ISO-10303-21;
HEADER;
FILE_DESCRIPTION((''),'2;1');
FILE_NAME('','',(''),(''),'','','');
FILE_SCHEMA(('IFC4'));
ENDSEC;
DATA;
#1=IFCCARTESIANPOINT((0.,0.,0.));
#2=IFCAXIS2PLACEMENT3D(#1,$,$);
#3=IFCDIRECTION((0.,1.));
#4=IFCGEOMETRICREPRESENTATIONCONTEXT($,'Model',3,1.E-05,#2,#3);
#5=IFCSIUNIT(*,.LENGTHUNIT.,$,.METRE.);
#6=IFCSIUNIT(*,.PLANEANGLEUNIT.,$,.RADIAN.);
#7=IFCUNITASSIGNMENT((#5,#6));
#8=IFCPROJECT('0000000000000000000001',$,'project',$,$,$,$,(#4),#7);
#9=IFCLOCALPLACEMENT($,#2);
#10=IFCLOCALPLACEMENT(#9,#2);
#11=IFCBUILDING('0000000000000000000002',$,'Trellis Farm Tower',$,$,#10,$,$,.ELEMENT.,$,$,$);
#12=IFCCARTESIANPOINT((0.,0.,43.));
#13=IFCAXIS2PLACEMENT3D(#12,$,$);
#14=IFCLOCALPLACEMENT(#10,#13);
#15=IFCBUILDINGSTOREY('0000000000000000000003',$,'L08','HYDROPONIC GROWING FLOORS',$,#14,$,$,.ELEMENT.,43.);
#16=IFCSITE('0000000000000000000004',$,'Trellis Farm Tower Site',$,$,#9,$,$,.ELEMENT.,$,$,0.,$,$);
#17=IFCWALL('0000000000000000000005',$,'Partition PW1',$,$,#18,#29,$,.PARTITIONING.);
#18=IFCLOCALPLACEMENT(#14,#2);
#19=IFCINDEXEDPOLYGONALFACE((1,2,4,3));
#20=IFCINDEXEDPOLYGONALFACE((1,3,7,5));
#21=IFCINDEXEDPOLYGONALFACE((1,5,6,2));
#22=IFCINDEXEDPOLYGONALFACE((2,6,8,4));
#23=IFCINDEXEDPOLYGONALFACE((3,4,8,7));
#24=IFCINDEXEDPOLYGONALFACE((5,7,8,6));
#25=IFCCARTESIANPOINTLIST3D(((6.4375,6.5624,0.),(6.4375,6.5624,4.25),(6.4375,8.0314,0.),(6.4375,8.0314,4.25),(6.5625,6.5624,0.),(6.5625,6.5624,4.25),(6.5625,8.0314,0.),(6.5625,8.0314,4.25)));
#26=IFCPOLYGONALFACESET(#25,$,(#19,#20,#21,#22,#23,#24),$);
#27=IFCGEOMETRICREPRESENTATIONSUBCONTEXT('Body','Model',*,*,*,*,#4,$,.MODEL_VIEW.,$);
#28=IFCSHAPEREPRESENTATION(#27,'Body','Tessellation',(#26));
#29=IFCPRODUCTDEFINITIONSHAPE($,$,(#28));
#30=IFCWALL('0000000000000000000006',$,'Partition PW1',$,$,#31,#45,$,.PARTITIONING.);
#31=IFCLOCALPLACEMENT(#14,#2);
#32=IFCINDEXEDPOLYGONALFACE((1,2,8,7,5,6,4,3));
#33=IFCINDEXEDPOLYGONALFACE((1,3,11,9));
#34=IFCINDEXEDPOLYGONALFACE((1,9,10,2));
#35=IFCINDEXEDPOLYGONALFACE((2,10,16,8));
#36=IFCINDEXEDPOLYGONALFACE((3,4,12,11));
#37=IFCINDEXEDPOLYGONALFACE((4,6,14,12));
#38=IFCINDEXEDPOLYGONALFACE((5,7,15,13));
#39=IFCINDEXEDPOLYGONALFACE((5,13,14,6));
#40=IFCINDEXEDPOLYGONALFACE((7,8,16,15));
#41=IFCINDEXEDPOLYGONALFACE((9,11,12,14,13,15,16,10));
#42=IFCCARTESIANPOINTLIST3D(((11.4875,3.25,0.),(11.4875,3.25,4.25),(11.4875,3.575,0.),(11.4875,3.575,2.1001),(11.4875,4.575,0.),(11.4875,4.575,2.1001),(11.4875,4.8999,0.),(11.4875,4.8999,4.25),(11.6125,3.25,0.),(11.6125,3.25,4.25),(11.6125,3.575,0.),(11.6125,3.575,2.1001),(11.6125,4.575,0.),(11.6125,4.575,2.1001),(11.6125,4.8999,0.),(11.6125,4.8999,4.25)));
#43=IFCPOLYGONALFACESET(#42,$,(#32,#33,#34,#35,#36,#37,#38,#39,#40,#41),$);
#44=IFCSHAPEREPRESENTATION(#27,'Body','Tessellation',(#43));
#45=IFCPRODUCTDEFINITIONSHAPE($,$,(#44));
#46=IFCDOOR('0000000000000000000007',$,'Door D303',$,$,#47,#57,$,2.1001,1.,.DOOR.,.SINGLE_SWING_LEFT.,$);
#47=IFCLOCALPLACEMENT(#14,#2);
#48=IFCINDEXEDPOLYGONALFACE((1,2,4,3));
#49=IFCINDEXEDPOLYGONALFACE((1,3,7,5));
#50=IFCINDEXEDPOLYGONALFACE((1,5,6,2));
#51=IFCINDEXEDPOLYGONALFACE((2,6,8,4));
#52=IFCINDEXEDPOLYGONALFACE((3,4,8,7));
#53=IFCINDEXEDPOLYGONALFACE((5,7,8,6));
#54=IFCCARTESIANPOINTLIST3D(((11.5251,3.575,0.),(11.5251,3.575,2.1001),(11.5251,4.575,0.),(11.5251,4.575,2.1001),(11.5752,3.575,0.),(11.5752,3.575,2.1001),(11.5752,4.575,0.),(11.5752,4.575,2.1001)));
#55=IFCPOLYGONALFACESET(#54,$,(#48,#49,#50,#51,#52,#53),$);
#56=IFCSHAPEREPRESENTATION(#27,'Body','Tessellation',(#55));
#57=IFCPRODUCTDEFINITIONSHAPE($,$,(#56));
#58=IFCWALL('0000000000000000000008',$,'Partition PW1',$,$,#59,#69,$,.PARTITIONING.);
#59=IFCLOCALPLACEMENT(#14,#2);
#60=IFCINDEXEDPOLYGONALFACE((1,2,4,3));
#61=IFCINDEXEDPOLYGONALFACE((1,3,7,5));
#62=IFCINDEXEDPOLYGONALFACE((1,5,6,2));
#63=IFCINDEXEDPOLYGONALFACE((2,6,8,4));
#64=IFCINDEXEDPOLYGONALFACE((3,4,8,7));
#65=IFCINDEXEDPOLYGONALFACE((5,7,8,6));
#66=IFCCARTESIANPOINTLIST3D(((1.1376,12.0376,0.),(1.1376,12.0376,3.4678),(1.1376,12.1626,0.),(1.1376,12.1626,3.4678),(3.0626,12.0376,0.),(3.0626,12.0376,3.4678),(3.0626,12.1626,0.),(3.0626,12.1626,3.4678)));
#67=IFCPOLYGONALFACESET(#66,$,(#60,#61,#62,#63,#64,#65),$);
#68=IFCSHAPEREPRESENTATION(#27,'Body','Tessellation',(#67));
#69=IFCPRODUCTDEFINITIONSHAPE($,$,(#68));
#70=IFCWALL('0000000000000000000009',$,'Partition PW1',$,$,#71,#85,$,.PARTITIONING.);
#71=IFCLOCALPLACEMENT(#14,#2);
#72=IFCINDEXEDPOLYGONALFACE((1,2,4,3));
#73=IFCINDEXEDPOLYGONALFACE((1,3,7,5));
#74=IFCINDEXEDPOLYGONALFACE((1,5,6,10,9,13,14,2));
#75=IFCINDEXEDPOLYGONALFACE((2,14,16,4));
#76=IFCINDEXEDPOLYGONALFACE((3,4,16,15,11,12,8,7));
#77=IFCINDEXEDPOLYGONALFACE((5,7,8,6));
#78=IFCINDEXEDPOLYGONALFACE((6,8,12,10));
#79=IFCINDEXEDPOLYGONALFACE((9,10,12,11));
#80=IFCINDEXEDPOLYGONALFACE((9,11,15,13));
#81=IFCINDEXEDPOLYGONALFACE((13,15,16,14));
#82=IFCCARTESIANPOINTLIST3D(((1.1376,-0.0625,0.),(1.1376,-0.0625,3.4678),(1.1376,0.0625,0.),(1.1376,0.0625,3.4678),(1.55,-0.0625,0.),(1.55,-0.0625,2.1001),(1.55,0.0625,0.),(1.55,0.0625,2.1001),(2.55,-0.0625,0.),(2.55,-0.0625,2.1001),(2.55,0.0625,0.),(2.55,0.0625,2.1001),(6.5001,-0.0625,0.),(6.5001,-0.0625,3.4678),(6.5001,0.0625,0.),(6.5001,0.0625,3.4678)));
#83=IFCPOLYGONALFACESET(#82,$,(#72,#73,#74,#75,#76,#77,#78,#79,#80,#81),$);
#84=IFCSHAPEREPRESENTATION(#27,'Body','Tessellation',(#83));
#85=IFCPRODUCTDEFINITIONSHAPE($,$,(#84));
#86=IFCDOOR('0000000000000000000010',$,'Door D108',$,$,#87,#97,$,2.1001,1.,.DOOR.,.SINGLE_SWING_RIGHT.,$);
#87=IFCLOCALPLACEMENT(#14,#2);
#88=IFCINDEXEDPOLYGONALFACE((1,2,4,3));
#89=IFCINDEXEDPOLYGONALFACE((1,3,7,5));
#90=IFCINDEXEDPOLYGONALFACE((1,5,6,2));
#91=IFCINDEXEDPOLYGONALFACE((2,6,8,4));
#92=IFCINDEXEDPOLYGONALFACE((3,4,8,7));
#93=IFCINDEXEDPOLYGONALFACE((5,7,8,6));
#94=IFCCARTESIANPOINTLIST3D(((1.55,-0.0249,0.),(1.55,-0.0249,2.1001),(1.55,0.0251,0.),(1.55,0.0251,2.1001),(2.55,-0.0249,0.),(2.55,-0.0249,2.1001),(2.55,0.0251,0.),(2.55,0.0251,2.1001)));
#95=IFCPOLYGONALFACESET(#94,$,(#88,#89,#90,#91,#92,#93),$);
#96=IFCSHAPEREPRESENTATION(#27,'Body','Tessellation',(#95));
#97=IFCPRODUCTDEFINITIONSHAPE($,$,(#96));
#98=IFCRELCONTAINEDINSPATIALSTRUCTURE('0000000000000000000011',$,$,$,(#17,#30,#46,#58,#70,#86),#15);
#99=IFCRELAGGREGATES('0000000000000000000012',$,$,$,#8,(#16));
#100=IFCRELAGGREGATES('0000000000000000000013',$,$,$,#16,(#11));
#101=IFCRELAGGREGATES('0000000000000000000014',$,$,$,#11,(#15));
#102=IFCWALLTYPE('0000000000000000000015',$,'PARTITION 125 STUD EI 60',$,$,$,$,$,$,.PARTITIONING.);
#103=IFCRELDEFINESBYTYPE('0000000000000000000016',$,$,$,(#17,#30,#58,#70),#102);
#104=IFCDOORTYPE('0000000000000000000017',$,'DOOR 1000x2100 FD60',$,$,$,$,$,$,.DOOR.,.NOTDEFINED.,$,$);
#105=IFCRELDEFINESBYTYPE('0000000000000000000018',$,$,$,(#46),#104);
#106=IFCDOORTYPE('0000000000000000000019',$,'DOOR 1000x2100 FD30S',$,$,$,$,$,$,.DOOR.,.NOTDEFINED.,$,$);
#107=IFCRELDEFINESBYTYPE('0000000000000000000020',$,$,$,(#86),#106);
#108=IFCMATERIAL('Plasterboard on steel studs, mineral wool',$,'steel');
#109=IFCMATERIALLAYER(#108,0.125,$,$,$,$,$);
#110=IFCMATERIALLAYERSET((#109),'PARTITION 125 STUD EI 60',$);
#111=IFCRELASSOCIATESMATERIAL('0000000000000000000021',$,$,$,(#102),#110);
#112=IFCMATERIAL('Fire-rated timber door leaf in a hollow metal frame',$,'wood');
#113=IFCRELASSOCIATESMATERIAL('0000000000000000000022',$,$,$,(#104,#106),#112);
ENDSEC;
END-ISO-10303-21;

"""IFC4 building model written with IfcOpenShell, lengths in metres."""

from ifc_helpers import new_model, si_unit, direction, frame, frame_2d, origin, place, context, subcontext, project, spatial, rectangle, extrude, source, transform, mapped, material, layer, layer_set, type_object, element, fill, save


model = new_model("IFC4")

# Units and contexts
model_context = context("Model", 3, precision=1e-05, world=origin(), true_north=direction((0.0, 1.0)))
body_context = subcontext(model_context, "Body", "Model", "MODEL_VIEW")
ifc_project = project(units=[si_unit("LENGTHUNIT", "METRE"), si_unit("PLANEANGLEUNIT", "RADIAN")], contexts=[model_context])

# Site, building, storey
site_placement = place(None, origin())
site = spatial("IfcSite", under=ifc_project, at=site_placement, Name="Trellis Farm Tower Site", CompositionType="ELEMENT", RefElevation=0.0)
building_placement = place(site_placement, origin())
building = spatial("IfcBuilding", under=site, at=building_placement, Name="Trellis Farm Tower", CompositionType="ELEMENT")
storey_placement = place(building_placement, frame((0.0, 0.0, 43.0)))
storey = spatial("IfcBuildingStorey", under=building, at=storey_placement, Name="L08", Description="HYDROPONIC GROWING FLOORS", CompositionType="ELEMENT", Elevation=43.0)

# Wall
ifc_material_1 = material(Name="Plasterboard on steel studs, mineral wool", Category="steel")
ifc_layer_1 = layer(ifc_material_1, 0.125)
ifc_layer_set_1 = layer_set([ifc_layer_1], Name="PARTITION 125 STUD EI 60")
wall_type_1 = type_object("IfcWallType", Name="PARTITION 125 STUD EI 60", PredefinedType="PARTITIONING", material=ifc_layer_set_1)
shared_shape_1 = source(origin(), body_context, "Body", "SweptSolid", [
    extrude(rectangle(XDim=1.469, YDim=0.125, at=frame_2d((0.7344, 0.0))), origin(), (0.0, 0.0, 1.0), 4.25),
])
wall_1_placement = place(storey_placement, frame((6.5, 6.5625, 0.0), z_axis=(0.0, 0.0, 1.0), x_axis=(0.0, 1.0, 0.0)))
element("IfcWall", 1, at=wall_1_placement, inside=storey, type_object=wall_type_1, Name="Partition PW1", PredefinedType="PARTITIONING", context=body_context, shape_type="MappedRepresentation", body=[
    mapped(shared_shape_1, transform((0.0, 0.0, 0.0))),
])

# Wall, opening, door
shared_shape_2 = source(origin(), body_context, "Body", "SweptSolid", [
    extrude(rectangle(XDim=1.6499, YDim=0.125, at=frame_2d((0.825, 0.0))), origin(), (0.0, 0.0, 1.0), 4.25),
])
wall_2_placement = place(storey_placement, frame((11.55, 3.25, 0.0), z_axis=(0.0, 0.0, 1.0), x_axis=(0.0, 1.0, 0.0)))
wall_2 = element("IfcWall", 2, at=wall_2_placement, inside=storey, type_object=wall_type_1, Name="Partition PW1", PredefinedType="PARTITIONING", context=body_context, shape_type="MappedRepresentation", body=[
    mapped(shared_shape_2, transform((0.0, 0.0, 0.0))),
])
shared_shape_3 = source(origin(), body_context, "Body", "SweptSolid", [
    extrude(rectangle(XDim=1.0, YDim=2.1001, at=frame_2d((0.5, 1.05))), frame((0.0, 0.0725, 0.0), z_axis=(0.0, -1.0, 0.0), x_axis=(1.0, 0.0, 0.0)), (0.0, 0.0, 1.0), 0.145),
])
opening_1_placement = place(wall_2_placement, frame((0.325, 0.0, 0.0)))
opening_1 = element("IfcOpeningElement", 3, at=opening_1_placement, cuts=wall_2, PredefinedType="OPENING", context=body_context, shape_type="MappedRepresentation", body=[
    mapped(shared_shape_3, transform((0.0, 0.0, 0.0))),
])
ifc_material_2 = material(Name="Fire-rated timber door leaf in a hollow metal frame", Category="wood")
door_type_1 = type_object("IfcDoorType", Name="DOOR 1000x2100 FD60", OperationType="NOTDEFINED", PredefinedType="DOOR", material=ifc_material_2)
shared_shape_4 = source(origin(), body_context, "Body", "SweptSolid", [
    extrude(rectangle(XDim=1.0, YDim=2.1001, at=frame_2d((0.5, 1.05))), frame((0.0, 0.0249, 0.0), z_axis=(0.0, -1.0, 0.0), x_axis=(1.0, 0.0, 0.0)), (0.0, 0.0, 1.0), 0.05),
])
door_1_placement = place(opening_1_placement, origin())
door_1 = element("IfcDoor", 4, at=door_1_placement, inside=storey, type_object=door_type_1, Name="Door D303", OperationType="SINGLE_SWING_LEFT", OverallHeight=2.1001, OverallWidth=1.0, PredefinedType="DOOR", context=body_context, shape_type="MappedRepresentation", body=[
    mapped(shared_shape_4, transform((0.0, 0.0, 0.0))),
])
fill(opening_1, door_1)

# Wall
shared_shape_5 = source(origin(), body_context, "Body", "SweptSolid", [
    extrude(rectangle(XDim=1.925, YDim=0.125, at=frame_2d((0.9624, 0.0))), origin(), (0.0, 0.0, 1.0), 3.4678),
])
wall_3_placement = place(storey_placement, frame((3.0625, 12.1001, 0.0), z_axis=(0.0, 0.0, 1.0), x_axis=(-1.0, 0.0, 0.0)))
element("IfcWall", 5, at=wall_3_placement, inside=storey, type_object=wall_type_1, Name="Partition PW1", PredefinedType="PARTITIONING", context=body_context, shape_type="MappedRepresentation", body=[
    mapped(shared_shape_5, transform((0.0, 0.0, 0.0))),
])

# Wall, opening, door
shared_shape_6 = source(origin(), body_context, "Body", "SweptSolid", [
    extrude(rectangle(XDim=5.3625, YDim=0.125, at=frame_2d((2.6812, 0.0))), origin(), (0.0, 0.0, 1.0), 3.4678),
])
wall_4_placement = place(storey_placement, frame((6.5, 0.0, 0.0), z_axis=(0.0, 0.0, 1.0), x_axis=(-1.0, 0.0, 0.0)))
wall_4 = element("IfcWall", 6, at=wall_4_placement, inside=storey, type_object=wall_type_1, Name="Partition PW1", PredefinedType="PARTITIONING", context=body_context, shape_type="MappedRepresentation", body=[
    mapped(shared_shape_6, transform((0.0, 0.0, 0.0))),
])
opening_2_placement = place(wall_4_placement, frame((3.95, 0.0, 0.0)))
opening_2 = element("IfcOpeningElement", 7, at=opening_2_placement, cuts=wall_4, PredefinedType="OPENING", context=body_context, shape_type="MappedRepresentation", body=[
    mapped(shared_shape_3, transform((0.0, 0.0, 0.0))),
])
door_type_2 = type_object("IfcDoorType", Name="DOOR 1000x2100 FD30S", OperationType="NOTDEFINED", PredefinedType="DOOR", material=ifc_material_2)
door_2_placement = place(opening_2_placement, origin())
door_2 = element("IfcDoor", 8, at=door_2_placement, inside=storey, type_object=door_type_2, Name="Door D108", OperationType="SINGLE_SWING_RIGHT", OverallHeight=2.1001, OverallWidth=1.0, PredefinedType="DOOR", context=body_context, shape_type="MappedRepresentation", body=[
    mapped(shared_shape_4, transform((0.0, 0.0, 0.0))),
])
fill(opening_2, door_2)

save(model, "model.ifc")
